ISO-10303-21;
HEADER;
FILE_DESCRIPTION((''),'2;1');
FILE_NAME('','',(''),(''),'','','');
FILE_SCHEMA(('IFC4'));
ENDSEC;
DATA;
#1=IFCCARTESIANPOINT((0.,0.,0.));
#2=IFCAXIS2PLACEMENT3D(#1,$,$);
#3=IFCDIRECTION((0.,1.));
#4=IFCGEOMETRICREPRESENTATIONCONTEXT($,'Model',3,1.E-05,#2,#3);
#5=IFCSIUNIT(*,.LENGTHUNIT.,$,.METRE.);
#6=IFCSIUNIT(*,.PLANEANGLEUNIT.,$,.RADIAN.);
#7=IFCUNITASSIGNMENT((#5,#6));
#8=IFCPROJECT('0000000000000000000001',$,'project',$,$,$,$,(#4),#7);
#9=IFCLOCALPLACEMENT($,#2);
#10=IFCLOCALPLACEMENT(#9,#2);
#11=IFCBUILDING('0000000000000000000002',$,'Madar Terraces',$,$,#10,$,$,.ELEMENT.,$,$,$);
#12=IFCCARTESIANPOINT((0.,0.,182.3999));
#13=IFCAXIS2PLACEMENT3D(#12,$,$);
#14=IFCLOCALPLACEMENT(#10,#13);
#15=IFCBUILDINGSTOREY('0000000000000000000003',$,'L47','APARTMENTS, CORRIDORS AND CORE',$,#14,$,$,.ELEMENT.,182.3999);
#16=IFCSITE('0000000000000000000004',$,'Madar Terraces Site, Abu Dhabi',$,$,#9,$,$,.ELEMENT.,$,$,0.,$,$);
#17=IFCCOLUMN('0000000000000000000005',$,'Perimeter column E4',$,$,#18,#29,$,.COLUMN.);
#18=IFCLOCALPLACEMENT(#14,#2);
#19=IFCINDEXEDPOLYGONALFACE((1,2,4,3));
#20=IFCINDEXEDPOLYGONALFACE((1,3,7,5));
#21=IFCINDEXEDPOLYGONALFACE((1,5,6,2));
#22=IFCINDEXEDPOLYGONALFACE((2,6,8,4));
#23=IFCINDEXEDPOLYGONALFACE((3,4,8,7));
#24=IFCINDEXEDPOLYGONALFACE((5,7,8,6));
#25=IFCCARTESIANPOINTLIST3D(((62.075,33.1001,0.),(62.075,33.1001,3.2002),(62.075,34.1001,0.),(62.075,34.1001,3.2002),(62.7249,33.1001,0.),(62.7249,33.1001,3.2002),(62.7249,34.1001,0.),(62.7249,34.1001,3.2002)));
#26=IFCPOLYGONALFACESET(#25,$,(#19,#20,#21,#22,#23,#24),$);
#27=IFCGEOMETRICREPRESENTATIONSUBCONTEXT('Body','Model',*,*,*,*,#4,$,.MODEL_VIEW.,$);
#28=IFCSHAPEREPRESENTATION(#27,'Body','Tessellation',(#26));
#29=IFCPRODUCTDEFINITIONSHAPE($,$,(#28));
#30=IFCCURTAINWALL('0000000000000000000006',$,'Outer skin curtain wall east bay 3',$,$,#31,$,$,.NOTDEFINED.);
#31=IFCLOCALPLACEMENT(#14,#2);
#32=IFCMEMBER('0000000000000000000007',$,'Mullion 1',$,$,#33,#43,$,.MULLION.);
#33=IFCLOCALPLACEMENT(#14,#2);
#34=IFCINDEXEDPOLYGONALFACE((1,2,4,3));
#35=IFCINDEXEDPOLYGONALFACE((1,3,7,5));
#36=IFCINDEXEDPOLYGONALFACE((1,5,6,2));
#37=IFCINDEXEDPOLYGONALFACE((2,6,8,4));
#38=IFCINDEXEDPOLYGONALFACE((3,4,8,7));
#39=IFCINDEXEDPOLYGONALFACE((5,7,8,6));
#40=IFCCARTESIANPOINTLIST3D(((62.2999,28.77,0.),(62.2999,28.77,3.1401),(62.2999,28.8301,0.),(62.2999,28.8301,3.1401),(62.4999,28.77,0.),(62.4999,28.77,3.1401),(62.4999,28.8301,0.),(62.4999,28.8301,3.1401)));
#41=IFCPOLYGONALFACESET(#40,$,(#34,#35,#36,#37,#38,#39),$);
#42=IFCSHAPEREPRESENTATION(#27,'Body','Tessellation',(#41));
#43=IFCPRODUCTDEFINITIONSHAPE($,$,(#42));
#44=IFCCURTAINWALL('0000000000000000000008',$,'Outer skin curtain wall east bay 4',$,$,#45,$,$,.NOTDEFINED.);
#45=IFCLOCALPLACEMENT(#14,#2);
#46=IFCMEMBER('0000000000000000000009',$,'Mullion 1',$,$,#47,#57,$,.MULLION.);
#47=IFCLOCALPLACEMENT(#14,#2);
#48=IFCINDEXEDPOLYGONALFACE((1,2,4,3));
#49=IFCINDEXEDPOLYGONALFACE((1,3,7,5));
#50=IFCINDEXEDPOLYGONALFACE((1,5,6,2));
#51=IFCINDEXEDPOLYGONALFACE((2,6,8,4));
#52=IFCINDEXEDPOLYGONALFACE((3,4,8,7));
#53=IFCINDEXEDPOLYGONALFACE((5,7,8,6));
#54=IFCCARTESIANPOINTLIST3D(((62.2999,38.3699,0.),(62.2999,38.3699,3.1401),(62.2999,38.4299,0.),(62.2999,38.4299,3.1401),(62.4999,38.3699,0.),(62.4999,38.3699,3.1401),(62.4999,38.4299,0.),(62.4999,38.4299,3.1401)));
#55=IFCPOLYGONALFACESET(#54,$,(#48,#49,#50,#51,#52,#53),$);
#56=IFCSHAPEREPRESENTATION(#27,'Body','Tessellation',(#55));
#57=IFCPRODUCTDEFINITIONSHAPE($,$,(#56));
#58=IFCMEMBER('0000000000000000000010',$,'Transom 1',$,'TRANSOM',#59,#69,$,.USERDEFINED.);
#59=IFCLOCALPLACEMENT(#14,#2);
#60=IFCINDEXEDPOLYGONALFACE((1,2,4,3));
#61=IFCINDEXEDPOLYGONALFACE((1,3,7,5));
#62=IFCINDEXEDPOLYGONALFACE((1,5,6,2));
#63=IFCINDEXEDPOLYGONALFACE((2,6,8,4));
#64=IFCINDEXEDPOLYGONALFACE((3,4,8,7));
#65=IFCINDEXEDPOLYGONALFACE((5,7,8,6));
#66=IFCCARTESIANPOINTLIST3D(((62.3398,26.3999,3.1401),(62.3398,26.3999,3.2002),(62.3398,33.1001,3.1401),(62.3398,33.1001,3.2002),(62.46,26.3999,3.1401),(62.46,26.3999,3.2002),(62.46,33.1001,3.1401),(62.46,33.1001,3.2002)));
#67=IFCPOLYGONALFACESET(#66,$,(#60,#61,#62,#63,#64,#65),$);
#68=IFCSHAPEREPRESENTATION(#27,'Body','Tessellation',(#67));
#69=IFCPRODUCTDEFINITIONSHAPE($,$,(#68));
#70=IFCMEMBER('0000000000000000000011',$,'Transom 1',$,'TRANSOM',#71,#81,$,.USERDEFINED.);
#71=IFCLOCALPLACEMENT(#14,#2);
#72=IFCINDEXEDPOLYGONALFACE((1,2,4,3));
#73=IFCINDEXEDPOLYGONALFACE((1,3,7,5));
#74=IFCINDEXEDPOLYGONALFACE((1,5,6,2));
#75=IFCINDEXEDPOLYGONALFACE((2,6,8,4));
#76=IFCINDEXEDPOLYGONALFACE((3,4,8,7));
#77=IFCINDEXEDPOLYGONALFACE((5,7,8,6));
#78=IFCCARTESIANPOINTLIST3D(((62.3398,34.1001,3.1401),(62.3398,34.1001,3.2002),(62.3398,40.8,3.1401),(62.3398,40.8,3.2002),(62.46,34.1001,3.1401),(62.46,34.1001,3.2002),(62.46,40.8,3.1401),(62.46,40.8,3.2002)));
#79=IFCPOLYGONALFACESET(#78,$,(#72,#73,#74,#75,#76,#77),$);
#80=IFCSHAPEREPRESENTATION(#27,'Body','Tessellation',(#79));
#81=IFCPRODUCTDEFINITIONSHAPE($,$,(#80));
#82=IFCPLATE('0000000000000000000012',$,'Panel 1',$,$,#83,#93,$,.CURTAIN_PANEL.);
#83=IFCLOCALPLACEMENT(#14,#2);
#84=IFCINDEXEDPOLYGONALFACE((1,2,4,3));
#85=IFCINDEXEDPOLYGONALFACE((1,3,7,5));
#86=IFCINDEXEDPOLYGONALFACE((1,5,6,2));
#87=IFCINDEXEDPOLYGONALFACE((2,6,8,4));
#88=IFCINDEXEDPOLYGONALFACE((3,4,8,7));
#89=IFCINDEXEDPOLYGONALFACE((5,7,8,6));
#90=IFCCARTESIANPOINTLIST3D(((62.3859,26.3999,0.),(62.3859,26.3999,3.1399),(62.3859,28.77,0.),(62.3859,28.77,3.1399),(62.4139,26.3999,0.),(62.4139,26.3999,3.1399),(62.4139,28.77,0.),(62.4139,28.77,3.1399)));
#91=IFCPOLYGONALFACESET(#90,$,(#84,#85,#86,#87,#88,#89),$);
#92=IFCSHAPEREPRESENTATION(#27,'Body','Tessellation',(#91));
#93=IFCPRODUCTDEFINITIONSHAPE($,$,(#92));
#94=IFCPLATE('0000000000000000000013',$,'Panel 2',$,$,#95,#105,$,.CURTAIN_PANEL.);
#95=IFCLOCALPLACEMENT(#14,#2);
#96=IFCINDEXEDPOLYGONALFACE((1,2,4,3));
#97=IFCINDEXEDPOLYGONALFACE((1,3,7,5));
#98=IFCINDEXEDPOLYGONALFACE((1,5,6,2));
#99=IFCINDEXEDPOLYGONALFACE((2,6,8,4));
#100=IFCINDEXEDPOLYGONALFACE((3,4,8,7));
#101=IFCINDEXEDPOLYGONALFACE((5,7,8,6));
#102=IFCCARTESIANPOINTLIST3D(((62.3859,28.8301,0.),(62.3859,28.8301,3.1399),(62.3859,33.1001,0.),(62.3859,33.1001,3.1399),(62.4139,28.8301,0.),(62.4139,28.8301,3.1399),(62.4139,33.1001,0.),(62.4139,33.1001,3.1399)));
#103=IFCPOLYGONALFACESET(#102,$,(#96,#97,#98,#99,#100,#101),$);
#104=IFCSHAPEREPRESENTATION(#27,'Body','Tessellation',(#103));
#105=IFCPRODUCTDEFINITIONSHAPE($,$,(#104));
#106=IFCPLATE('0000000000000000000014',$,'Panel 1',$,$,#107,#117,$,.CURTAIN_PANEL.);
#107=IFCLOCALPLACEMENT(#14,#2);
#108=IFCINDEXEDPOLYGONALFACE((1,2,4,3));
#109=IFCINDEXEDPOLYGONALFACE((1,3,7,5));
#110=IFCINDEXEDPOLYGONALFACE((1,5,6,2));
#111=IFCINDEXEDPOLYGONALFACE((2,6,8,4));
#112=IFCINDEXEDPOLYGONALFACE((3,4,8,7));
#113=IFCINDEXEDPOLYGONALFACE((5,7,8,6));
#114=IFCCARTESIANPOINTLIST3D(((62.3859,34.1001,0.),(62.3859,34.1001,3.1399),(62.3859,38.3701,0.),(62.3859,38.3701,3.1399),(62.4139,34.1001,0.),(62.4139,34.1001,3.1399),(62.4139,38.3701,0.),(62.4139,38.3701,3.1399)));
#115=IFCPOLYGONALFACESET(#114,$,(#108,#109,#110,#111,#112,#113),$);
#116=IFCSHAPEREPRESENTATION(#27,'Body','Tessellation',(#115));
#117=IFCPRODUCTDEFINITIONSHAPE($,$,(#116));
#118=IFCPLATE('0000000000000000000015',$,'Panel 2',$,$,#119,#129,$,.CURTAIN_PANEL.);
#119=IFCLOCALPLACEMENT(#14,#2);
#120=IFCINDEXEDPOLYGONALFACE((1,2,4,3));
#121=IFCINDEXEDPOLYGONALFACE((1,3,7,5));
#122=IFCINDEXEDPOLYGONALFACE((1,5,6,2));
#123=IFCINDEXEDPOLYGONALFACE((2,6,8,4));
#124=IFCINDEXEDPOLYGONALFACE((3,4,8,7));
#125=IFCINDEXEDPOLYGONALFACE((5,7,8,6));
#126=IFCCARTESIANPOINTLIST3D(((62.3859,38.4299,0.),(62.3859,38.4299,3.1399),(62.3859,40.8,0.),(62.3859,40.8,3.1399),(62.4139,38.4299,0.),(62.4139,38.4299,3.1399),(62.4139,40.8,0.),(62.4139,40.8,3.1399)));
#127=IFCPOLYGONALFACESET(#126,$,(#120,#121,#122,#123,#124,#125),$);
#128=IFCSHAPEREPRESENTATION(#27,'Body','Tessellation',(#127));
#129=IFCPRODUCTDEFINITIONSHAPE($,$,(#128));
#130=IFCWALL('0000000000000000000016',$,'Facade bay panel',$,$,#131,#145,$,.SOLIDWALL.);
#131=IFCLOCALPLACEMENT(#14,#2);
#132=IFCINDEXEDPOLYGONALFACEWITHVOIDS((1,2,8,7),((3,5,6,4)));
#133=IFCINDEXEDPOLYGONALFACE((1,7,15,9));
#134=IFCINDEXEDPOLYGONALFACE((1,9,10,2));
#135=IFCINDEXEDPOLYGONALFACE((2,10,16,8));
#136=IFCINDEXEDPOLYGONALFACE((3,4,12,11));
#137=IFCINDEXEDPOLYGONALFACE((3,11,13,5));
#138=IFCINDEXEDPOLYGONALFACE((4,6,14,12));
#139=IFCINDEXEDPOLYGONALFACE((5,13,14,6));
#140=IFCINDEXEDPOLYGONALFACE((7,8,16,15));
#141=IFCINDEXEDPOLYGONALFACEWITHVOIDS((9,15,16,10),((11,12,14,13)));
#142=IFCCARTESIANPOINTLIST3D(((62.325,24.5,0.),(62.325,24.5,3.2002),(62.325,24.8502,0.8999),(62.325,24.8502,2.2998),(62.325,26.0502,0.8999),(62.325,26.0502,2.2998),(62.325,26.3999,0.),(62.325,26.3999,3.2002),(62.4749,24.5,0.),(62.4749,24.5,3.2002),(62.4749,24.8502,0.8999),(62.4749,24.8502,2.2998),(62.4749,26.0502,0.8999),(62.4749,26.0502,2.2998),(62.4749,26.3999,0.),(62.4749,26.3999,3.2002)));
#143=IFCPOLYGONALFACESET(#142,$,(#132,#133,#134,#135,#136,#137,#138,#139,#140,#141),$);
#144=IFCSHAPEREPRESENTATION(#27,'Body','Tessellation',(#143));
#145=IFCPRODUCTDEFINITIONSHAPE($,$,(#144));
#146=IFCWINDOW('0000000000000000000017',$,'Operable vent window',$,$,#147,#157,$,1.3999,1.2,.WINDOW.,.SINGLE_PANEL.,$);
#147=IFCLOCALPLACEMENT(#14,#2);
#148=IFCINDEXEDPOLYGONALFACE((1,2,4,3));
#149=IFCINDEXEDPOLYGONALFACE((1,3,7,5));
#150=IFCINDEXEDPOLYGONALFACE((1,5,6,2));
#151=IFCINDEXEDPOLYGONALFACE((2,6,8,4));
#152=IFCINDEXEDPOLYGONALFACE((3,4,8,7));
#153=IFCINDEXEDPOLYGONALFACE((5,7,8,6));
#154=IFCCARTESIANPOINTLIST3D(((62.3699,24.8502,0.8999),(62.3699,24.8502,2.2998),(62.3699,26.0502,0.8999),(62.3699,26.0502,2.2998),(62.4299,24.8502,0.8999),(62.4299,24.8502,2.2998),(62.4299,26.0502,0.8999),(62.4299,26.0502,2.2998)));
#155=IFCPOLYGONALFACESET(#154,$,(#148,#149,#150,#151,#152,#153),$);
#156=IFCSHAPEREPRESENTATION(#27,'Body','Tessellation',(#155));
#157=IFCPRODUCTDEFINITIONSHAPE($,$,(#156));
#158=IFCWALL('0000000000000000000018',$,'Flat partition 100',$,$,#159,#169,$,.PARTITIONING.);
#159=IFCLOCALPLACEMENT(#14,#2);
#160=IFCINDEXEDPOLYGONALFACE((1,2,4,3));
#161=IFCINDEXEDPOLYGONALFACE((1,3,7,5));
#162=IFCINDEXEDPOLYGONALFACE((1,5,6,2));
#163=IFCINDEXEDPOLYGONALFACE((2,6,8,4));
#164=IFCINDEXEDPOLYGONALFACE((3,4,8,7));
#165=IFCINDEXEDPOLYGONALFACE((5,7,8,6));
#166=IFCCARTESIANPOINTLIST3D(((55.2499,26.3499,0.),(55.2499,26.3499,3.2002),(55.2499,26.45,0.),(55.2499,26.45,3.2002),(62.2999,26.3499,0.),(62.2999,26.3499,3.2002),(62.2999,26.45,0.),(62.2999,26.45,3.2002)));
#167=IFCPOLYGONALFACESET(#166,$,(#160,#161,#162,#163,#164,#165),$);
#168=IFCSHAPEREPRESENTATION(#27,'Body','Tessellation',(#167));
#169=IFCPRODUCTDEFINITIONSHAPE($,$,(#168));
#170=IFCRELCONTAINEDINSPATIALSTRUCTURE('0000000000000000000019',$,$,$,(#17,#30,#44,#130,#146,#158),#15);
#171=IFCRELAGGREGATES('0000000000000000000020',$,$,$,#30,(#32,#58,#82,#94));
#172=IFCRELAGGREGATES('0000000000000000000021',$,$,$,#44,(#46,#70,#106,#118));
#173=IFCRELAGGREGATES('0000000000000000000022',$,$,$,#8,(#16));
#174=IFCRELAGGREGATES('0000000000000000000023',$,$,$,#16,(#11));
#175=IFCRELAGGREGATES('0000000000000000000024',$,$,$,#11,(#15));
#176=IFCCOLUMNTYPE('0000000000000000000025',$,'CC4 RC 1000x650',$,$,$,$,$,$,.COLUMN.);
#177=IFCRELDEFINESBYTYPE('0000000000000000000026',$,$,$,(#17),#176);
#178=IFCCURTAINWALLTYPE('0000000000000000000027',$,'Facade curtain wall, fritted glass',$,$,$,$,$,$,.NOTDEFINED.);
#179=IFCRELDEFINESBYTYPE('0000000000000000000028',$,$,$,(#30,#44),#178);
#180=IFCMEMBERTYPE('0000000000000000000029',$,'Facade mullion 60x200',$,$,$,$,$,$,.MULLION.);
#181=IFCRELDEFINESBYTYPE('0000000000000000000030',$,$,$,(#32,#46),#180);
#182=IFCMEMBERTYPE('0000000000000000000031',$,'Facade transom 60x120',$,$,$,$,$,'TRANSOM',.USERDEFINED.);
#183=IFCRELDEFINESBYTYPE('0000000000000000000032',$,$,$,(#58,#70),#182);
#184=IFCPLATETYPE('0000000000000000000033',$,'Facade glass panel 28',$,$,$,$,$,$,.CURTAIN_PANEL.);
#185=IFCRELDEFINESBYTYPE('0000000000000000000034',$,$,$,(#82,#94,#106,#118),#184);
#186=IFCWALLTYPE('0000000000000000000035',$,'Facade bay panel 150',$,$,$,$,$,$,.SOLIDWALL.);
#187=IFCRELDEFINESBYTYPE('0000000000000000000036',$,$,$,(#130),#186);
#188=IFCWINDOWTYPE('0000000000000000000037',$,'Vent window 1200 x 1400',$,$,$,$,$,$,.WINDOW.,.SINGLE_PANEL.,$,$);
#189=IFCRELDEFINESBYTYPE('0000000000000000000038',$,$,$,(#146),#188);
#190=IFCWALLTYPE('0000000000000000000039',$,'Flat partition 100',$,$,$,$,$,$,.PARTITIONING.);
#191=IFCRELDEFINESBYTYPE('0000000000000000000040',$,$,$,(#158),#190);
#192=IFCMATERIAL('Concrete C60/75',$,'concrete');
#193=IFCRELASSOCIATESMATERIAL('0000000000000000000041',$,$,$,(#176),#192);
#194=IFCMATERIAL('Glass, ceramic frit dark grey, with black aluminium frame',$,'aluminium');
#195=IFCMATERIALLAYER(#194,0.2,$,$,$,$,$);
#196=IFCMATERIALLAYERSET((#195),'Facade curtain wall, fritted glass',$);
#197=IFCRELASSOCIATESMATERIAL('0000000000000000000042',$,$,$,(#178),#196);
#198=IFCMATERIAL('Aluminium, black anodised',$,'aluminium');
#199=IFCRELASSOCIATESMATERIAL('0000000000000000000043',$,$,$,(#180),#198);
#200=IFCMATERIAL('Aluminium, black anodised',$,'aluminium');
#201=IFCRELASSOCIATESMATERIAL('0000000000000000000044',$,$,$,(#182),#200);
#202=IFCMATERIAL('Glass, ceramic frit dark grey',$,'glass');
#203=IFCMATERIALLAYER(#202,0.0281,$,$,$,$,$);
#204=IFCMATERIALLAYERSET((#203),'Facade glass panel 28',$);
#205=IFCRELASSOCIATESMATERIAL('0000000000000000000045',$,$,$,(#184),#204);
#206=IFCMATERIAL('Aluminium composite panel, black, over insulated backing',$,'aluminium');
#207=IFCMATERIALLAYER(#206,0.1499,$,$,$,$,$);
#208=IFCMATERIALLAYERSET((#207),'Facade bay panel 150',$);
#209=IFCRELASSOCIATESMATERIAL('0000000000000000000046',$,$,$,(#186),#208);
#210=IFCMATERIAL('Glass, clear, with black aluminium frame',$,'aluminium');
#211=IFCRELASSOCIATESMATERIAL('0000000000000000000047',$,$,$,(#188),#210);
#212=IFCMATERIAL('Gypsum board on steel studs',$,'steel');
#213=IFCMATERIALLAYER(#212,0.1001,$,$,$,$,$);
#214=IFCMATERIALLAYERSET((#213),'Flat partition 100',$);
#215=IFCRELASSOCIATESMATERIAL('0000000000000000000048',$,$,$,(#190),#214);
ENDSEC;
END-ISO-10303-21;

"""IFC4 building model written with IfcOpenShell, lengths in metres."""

from ifc_helpers import new_model, si_unit, direction, frame, frame_2d, origin, origin_2d, place, context, subcontext, project, spatial, rectangle, extrude, material, layer, layer_set, material_profile, profile_set, type_object, element, fill, aggregate, save


model = new_model("IFC4")

# Units and contexts
model_context = context("Model", 3, precision=1e-05, world=origin(), true_north=direction((0.0, 1.0)))
body_context = subcontext(model_context, "Body", "Model", "MODEL_VIEW")
ifc_project = project(units=[si_unit("LENGTHUNIT", "METRE"), si_unit("PLANEANGLEUNIT", "RADIAN")], contexts=[model_context])

# Site, building, storey
site_placement = place(None, origin())
site = spatial("IfcSite", under=ifc_project, at=site_placement, Name="Madar Terraces Site, Abu Dhabi", CompositionType="ELEMENT", RefElevation=0.0)
building_placement = place(site_placement, origin())
building = spatial("IfcBuilding", under=site, at=building_placement, Name="Madar Terraces", CompositionType="ELEMENT")
storey_placement = place(building_placement, frame((0.0, 0.0, 182.3999)))
storey = spatial("IfcBuildingStorey", under=building, at=storey_placement, Name="L47", Description="APARTMENTS, CORRIDORS AND CORE", CompositionType="ELEMENT", Elevation=182.3999)

# Column
ifc_material_1 = material(Name="Concrete C60/75", Category="concrete")
ifc_material_profile_1 = material_profile(ifc_material_1, rectangle(XDim=1.0, YDim=0.6499, at=origin_2d()), Name="CC4 RC 1000x650")
ifc_profile_set_1 = profile_set([ifc_material_profile_1], Name="Concrete C60/75")
column_type = type_object("IfcColumnType", Name="CC4 RC 1000x650", PredefinedType="COLUMN", material=ifc_profile_set_1)
column_placement = place(storey_placement, frame((62.3999, 33.6001, 0.0), z_axis=(0.0, 0.0, 1.0), x_axis=(0.0, 1.0, 0.0)))
element("IfcColumn", 1, at=column_placement, inside=storey, type_object=column_type, Name="Perimeter column E4", PredefinedType="COLUMN", context=body_context, shape_type="SweptSolid", body=[
    extrude(rectangle(XDim=1.0, YDim=0.6499, at=origin_2d()), origin(), (0.0, 0.0, 1.0), 3.2002),
])

# Curtain walls, members
ifc_material_2 = material(Name="Glass, ceramic frit dark grey, with black aluminium frame", Category="aluminium")
ifc_layer_1 = layer(ifc_material_2, 0.2)
ifc_layer_set_1 = layer_set([ifc_layer_1], Name="Facade curtain wall, fritted glass")
curtain_wall_type = type_object("IfcCurtainWallType", Name="Facade curtain wall, fritted glass", PredefinedType="NOTDEFINED", material=ifc_layer_set_1)
curtain_wall_1_placement = place(storey_placement, origin())
curtain_wall_1 = element("IfcCurtainWall", 2, at=curtain_wall_1_placement, inside=storey, type_object=curtain_wall_type, Name="Outer skin curtain wall east bay 3", PredefinedType="NOTDEFINED")
ifc_material_3 = material(Name="Aluminium, black anodised", Category="aluminium")
ifc_material_profile_2 = material_profile(ifc_material_3, rectangle(XDim=0.2, YDim=0.0601, at=origin_2d()), Name="Facade mullion 60x200")
ifc_profile_set_2 = profile_set([ifc_material_profile_2], Name="Aluminium, black anodised")
member_type_1 = type_object("IfcMemberType", Name="Facade mullion 60x200", PredefinedType="MULLION", material=ifc_profile_set_2)
member_1_placement = place(storey_placement, frame((62.3999, 28.8, 0.0), z_axis=(0.0, 0.0, 1.0), x_axis=(-1.0, 0.0, 0.0)))
member_1 = element("IfcMember", 3, at=member_1_placement, type_object=member_type_1, Name="Mullion 1", PredefinedType="MULLION", context=body_context, shape_type="SweptSolid", body=[
    extrude(rectangle(XDim=0.2, YDim=0.0601, at=origin_2d()), origin(), (0.0, 0.0, 1.0), 3.1401),
])
curtain_wall_2_placement = place(storey_placement, origin())
curtain_wall_2 = element("IfcCurtainWall", 4, at=curtain_wall_2_placement, inside=storey, type_object=curtain_wall_type, Name="Outer skin curtain wall east bay 4", PredefinedType="NOTDEFINED")
member_2_placement = place(storey_placement, frame((62.3999, 38.3999, 0.0), z_axis=(0.0, 0.0, 1.0), x_axis=(-1.0, 0.0, 0.0)))
member_2 = element("IfcMember", 5, at=member_2_placement, type_object=member_type_1, Name="Mullion 1", PredefinedType="MULLION", context=body_context, shape_type="SweptSolid", body=[
    extrude(rectangle(XDim=0.2, YDim=0.0601, at=origin_2d()), origin(), (0.0, 0.0, 1.0), 3.1401),
])

# Members
ifc_material_4 = material(Name="Aluminium, black anodised", Category="aluminium")
ifc_material_profile_3 = material_profile(ifc_material_4, rectangle(XDim=0.1201, YDim=0.0601, at=origin_2d()), Name="Facade transom 60x120")
ifc_profile_set_3 = profile_set([ifc_material_profile_3], Name="Aluminium, black anodised")
member_type_2 = type_object("IfcMemberType", Name="Facade transom 60x120", ElementType="TRANSOM", PredefinedType="USERDEFINED", material=ifc_profile_set_3)
member_3_placement = place(storey_placement, frame((62.3999, 26.3999, 3.1702), z_axis=(0.0, 1.0, 0.0), x_axis=(-1.0, 0.0, 0.0)))
member_3 = element("IfcMember", 6, at=member_3_placement, type_object=member_type_2, Name="Transom 1", ObjectType="TRANSOM", PredefinedType="USERDEFINED", context=body_context, shape_type="SweptSolid", body=[
    extrude(rectangle(XDim=0.1201, YDim=0.0601, at=origin_2d()), origin(), (0.0, 0.0, 1.0), 6.7002),
])
member_4_placement = place(storey_placement, frame((62.3999, 34.1001, 3.1702), z_axis=(0.0, 1.0, 0.0), x_axis=(-1.0, 0.0, 0.0)))
member_4 = element("IfcMember", 7, at=member_4_placement, type_object=member_type_2, Name="Transom 1", ObjectType="TRANSOM", PredefinedType="USERDEFINED", context=body_context, shape_type="SweptSolid", body=[
    extrude(rectangle(XDim=0.1201, YDim=0.0601, at=origin_2d()), origin(), (0.0, 0.0, 1.0), 6.7),
])

# Plates
ifc_material_5 = material(Name="Glass, ceramic frit dark grey", Category="glass")
ifc_layer_2 = layer(ifc_material_5, 0.0281)
ifc_layer_set_2 = layer_set([ifc_layer_2], Name="Facade glass panel 28")
plate_type = type_object("IfcPlateType", Name="Facade glass panel 28", PredefinedType="CURTAIN_PANEL", material=ifc_layer_set_2)
plate_1_placement = place(storey_placement, frame((62.3999, 27.585, 0.0), z_axis=(0.0, 0.0, 1.0), x_axis=(0.0, 1.0, 0.0)))
plate_1 = element("IfcPlate", 8, at=plate_1_placement, type_object=plate_type, Name="Panel 1", PredefinedType="CURTAIN_PANEL", context=body_context, shape_type="SweptSolid", body=[
    extrude(rectangle(XDim=2.3701, YDim=0.0281, at=origin_2d()), origin(), (0.0, 0.0, 1.0), 3.1399),
])
plate_2_placement = place(storey_placement, frame((62.3999, 30.9651, 0.0), z_axis=(0.0, 0.0, 1.0), x_axis=(0.0, 1.0, 0.0)))
plate_2 = element("IfcPlate", 9, at=plate_2_placement, type_object=plate_type, Name="Panel 2", PredefinedType="CURTAIN_PANEL", context=body_context, shape_type="SweptSolid", body=[
    extrude(rectangle(XDim=4.27, YDim=0.0281, at=origin_2d()), origin(), (0.0, 0.0, 1.0), 3.1399),
])
aggregate(curtain_wall_1, [member_1, member_3, plate_1, plate_2])
plate_3_placement = place(storey_placement, frame((62.3999, 36.2351, 0.0), z_axis=(0.0, 0.0, 1.0), x_axis=(0.0, 1.0, 0.0)))
plate_3 = element("IfcPlate", 10, at=plate_3_placement, type_object=plate_type, Name="Panel 1", PredefinedType="CURTAIN_PANEL", context=body_context, shape_type="SweptSolid", body=[
    extrude(rectangle(XDim=4.27, YDim=0.0281, at=origin_2d()), origin(), (0.0, 0.0, 1.0), 3.1399),
])
plate_4_placement = place(storey_placement, frame((62.3999, 39.615, 0.0), z_axis=(0.0, 0.0, 1.0), x_axis=(0.0, 1.0, 0.0)))
plate_4 = element("IfcPlate", 11, at=plate_4_placement, type_object=plate_type, Name="Panel 2", PredefinedType="CURTAIN_PANEL", context=body_context, shape_type="SweptSolid", body=[
    extrude(rectangle(XDim=2.3701, YDim=0.0281, at=origin_2d()), origin(), (0.0, 0.0, 1.0), 3.1399),
])
aggregate(curtain_wall_2, [member_2, member_4, plate_3, plate_4])

# Wall, opening, window
ifc_material_6 = material(Name="Aluminium composite panel, black, over insulated backing", Category="aluminium")
ifc_layer_3 = layer(ifc_material_6, 0.1499)
ifc_layer_set_3 = layer_set([ifc_layer_3], Name="Facade bay panel 150")
wall_type_1 = type_object("IfcWallType", Name="Facade bay panel 150", PredefinedType="SOLIDWALL", material=ifc_layer_set_3)
wall_1_placement = place(storey_placement, frame((62.3999, 24.5, 0.0), z_axis=(0.0, 0.0, 1.0), x_axis=(0.0, 1.0, 0.0)))
wall_1 = element("IfcWall", 12, at=wall_1_placement, inside=storey, type_object=wall_type_1, Name="Facade bay panel", PredefinedType="SOLIDWALL", context=body_context, shape_type="SweptSolid", body=[
    extrude(rectangle(XDim=1.8999, YDim=0.1499, at=frame_2d((0.95, 0.0))), origin(), (0.0, 0.0, 1.0), 3.2002),
])
opening_1_placement = place(wall_1_placement, frame((0.3501, 0.0, 0.8999)))
opening_1 = element("IfcOpeningElement", 13, at=opening_1_placement, cuts=wall_1, PredefinedType="OPENING", context=body_context, shape_type="SweptSolid", body=[
    extrude(rectangle(XDim=1.2, YDim=1.3999, at=frame_2d((0.6001, 0.7))), frame((0.0, 0.085, 0.0), z_axis=(0.0, -1.0, 0.0), x_axis=(1.0, 0.0, 0.0)), (0.0, 0.0, 1.0), 0.1699),
])
ifc_material_7 = material(Name="Glass, clear, with black aluminium frame", Category="aluminium")
window_type = type_object("IfcWindowType", Name="Vent window 1200 x 1400", PartitioningType="SINGLE_PANEL", PredefinedType="WINDOW", material=ifc_material_7)
window_placement = place(opening_1_placement, origin())
window = element("IfcWindow", 14, at=window_placement, inside=storey, type_object=window_type, Name="Operable vent window", OverallHeight=1.3999, OverallWidth=1.2, PartitioningType="SINGLE_PANEL", PredefinedType="WINDOW", context=body_context, shape_type="SweptSolid", body=[
    extrude(rectangle(XDim=1.2, YDim=1.3999, at=frame_2d((0.6001, 0.7))), frame((0.0, 0.03, 0.0), z_axis=(0.0, -1.0, 0.0), x_axis=(1.0, 0.0, 0.0)), (0.0, 0.0, 1.0), 0.0601),
])
fill(opening_1, window)

# Wall
ifc_material_8 = material(Name="Gypsum board on steel studs", Category="steel")
ifc_layer_4 = layer(ifc_material_8, 0.1001)
ifc_layer_set_4 = layer_set([ifc_layer_4], Name="Flat partition 100")
wall_type_2 = type_object("IfcWallType", Name="Flat partition 100", PredefinedType="PARTITIONING", material=ifc_layer_set_4)
wall_2_placement = place(storey_placement, frame((55.25, 26.3999, 0.0), z_axis=(0.0, 0.0, 1.0), x_axis=(1.0, 0.0, 0.0)))
element("IfcWall", 15, at=wall_2_placement, inside=storey, type_object=wall_type_2, Name="Flat partition 100", PredefinedType="PARTITIONING", context=body_context, shape_type="SweptSolid", body=[
    extrude(rectangle(XDim=7.05, YDim=0.1001, at=frame_2d((3.5249, 0.0))), origin(), (0.0, 0.0, 1.0), 3.2002),
])

save(model, "model.ifc")
